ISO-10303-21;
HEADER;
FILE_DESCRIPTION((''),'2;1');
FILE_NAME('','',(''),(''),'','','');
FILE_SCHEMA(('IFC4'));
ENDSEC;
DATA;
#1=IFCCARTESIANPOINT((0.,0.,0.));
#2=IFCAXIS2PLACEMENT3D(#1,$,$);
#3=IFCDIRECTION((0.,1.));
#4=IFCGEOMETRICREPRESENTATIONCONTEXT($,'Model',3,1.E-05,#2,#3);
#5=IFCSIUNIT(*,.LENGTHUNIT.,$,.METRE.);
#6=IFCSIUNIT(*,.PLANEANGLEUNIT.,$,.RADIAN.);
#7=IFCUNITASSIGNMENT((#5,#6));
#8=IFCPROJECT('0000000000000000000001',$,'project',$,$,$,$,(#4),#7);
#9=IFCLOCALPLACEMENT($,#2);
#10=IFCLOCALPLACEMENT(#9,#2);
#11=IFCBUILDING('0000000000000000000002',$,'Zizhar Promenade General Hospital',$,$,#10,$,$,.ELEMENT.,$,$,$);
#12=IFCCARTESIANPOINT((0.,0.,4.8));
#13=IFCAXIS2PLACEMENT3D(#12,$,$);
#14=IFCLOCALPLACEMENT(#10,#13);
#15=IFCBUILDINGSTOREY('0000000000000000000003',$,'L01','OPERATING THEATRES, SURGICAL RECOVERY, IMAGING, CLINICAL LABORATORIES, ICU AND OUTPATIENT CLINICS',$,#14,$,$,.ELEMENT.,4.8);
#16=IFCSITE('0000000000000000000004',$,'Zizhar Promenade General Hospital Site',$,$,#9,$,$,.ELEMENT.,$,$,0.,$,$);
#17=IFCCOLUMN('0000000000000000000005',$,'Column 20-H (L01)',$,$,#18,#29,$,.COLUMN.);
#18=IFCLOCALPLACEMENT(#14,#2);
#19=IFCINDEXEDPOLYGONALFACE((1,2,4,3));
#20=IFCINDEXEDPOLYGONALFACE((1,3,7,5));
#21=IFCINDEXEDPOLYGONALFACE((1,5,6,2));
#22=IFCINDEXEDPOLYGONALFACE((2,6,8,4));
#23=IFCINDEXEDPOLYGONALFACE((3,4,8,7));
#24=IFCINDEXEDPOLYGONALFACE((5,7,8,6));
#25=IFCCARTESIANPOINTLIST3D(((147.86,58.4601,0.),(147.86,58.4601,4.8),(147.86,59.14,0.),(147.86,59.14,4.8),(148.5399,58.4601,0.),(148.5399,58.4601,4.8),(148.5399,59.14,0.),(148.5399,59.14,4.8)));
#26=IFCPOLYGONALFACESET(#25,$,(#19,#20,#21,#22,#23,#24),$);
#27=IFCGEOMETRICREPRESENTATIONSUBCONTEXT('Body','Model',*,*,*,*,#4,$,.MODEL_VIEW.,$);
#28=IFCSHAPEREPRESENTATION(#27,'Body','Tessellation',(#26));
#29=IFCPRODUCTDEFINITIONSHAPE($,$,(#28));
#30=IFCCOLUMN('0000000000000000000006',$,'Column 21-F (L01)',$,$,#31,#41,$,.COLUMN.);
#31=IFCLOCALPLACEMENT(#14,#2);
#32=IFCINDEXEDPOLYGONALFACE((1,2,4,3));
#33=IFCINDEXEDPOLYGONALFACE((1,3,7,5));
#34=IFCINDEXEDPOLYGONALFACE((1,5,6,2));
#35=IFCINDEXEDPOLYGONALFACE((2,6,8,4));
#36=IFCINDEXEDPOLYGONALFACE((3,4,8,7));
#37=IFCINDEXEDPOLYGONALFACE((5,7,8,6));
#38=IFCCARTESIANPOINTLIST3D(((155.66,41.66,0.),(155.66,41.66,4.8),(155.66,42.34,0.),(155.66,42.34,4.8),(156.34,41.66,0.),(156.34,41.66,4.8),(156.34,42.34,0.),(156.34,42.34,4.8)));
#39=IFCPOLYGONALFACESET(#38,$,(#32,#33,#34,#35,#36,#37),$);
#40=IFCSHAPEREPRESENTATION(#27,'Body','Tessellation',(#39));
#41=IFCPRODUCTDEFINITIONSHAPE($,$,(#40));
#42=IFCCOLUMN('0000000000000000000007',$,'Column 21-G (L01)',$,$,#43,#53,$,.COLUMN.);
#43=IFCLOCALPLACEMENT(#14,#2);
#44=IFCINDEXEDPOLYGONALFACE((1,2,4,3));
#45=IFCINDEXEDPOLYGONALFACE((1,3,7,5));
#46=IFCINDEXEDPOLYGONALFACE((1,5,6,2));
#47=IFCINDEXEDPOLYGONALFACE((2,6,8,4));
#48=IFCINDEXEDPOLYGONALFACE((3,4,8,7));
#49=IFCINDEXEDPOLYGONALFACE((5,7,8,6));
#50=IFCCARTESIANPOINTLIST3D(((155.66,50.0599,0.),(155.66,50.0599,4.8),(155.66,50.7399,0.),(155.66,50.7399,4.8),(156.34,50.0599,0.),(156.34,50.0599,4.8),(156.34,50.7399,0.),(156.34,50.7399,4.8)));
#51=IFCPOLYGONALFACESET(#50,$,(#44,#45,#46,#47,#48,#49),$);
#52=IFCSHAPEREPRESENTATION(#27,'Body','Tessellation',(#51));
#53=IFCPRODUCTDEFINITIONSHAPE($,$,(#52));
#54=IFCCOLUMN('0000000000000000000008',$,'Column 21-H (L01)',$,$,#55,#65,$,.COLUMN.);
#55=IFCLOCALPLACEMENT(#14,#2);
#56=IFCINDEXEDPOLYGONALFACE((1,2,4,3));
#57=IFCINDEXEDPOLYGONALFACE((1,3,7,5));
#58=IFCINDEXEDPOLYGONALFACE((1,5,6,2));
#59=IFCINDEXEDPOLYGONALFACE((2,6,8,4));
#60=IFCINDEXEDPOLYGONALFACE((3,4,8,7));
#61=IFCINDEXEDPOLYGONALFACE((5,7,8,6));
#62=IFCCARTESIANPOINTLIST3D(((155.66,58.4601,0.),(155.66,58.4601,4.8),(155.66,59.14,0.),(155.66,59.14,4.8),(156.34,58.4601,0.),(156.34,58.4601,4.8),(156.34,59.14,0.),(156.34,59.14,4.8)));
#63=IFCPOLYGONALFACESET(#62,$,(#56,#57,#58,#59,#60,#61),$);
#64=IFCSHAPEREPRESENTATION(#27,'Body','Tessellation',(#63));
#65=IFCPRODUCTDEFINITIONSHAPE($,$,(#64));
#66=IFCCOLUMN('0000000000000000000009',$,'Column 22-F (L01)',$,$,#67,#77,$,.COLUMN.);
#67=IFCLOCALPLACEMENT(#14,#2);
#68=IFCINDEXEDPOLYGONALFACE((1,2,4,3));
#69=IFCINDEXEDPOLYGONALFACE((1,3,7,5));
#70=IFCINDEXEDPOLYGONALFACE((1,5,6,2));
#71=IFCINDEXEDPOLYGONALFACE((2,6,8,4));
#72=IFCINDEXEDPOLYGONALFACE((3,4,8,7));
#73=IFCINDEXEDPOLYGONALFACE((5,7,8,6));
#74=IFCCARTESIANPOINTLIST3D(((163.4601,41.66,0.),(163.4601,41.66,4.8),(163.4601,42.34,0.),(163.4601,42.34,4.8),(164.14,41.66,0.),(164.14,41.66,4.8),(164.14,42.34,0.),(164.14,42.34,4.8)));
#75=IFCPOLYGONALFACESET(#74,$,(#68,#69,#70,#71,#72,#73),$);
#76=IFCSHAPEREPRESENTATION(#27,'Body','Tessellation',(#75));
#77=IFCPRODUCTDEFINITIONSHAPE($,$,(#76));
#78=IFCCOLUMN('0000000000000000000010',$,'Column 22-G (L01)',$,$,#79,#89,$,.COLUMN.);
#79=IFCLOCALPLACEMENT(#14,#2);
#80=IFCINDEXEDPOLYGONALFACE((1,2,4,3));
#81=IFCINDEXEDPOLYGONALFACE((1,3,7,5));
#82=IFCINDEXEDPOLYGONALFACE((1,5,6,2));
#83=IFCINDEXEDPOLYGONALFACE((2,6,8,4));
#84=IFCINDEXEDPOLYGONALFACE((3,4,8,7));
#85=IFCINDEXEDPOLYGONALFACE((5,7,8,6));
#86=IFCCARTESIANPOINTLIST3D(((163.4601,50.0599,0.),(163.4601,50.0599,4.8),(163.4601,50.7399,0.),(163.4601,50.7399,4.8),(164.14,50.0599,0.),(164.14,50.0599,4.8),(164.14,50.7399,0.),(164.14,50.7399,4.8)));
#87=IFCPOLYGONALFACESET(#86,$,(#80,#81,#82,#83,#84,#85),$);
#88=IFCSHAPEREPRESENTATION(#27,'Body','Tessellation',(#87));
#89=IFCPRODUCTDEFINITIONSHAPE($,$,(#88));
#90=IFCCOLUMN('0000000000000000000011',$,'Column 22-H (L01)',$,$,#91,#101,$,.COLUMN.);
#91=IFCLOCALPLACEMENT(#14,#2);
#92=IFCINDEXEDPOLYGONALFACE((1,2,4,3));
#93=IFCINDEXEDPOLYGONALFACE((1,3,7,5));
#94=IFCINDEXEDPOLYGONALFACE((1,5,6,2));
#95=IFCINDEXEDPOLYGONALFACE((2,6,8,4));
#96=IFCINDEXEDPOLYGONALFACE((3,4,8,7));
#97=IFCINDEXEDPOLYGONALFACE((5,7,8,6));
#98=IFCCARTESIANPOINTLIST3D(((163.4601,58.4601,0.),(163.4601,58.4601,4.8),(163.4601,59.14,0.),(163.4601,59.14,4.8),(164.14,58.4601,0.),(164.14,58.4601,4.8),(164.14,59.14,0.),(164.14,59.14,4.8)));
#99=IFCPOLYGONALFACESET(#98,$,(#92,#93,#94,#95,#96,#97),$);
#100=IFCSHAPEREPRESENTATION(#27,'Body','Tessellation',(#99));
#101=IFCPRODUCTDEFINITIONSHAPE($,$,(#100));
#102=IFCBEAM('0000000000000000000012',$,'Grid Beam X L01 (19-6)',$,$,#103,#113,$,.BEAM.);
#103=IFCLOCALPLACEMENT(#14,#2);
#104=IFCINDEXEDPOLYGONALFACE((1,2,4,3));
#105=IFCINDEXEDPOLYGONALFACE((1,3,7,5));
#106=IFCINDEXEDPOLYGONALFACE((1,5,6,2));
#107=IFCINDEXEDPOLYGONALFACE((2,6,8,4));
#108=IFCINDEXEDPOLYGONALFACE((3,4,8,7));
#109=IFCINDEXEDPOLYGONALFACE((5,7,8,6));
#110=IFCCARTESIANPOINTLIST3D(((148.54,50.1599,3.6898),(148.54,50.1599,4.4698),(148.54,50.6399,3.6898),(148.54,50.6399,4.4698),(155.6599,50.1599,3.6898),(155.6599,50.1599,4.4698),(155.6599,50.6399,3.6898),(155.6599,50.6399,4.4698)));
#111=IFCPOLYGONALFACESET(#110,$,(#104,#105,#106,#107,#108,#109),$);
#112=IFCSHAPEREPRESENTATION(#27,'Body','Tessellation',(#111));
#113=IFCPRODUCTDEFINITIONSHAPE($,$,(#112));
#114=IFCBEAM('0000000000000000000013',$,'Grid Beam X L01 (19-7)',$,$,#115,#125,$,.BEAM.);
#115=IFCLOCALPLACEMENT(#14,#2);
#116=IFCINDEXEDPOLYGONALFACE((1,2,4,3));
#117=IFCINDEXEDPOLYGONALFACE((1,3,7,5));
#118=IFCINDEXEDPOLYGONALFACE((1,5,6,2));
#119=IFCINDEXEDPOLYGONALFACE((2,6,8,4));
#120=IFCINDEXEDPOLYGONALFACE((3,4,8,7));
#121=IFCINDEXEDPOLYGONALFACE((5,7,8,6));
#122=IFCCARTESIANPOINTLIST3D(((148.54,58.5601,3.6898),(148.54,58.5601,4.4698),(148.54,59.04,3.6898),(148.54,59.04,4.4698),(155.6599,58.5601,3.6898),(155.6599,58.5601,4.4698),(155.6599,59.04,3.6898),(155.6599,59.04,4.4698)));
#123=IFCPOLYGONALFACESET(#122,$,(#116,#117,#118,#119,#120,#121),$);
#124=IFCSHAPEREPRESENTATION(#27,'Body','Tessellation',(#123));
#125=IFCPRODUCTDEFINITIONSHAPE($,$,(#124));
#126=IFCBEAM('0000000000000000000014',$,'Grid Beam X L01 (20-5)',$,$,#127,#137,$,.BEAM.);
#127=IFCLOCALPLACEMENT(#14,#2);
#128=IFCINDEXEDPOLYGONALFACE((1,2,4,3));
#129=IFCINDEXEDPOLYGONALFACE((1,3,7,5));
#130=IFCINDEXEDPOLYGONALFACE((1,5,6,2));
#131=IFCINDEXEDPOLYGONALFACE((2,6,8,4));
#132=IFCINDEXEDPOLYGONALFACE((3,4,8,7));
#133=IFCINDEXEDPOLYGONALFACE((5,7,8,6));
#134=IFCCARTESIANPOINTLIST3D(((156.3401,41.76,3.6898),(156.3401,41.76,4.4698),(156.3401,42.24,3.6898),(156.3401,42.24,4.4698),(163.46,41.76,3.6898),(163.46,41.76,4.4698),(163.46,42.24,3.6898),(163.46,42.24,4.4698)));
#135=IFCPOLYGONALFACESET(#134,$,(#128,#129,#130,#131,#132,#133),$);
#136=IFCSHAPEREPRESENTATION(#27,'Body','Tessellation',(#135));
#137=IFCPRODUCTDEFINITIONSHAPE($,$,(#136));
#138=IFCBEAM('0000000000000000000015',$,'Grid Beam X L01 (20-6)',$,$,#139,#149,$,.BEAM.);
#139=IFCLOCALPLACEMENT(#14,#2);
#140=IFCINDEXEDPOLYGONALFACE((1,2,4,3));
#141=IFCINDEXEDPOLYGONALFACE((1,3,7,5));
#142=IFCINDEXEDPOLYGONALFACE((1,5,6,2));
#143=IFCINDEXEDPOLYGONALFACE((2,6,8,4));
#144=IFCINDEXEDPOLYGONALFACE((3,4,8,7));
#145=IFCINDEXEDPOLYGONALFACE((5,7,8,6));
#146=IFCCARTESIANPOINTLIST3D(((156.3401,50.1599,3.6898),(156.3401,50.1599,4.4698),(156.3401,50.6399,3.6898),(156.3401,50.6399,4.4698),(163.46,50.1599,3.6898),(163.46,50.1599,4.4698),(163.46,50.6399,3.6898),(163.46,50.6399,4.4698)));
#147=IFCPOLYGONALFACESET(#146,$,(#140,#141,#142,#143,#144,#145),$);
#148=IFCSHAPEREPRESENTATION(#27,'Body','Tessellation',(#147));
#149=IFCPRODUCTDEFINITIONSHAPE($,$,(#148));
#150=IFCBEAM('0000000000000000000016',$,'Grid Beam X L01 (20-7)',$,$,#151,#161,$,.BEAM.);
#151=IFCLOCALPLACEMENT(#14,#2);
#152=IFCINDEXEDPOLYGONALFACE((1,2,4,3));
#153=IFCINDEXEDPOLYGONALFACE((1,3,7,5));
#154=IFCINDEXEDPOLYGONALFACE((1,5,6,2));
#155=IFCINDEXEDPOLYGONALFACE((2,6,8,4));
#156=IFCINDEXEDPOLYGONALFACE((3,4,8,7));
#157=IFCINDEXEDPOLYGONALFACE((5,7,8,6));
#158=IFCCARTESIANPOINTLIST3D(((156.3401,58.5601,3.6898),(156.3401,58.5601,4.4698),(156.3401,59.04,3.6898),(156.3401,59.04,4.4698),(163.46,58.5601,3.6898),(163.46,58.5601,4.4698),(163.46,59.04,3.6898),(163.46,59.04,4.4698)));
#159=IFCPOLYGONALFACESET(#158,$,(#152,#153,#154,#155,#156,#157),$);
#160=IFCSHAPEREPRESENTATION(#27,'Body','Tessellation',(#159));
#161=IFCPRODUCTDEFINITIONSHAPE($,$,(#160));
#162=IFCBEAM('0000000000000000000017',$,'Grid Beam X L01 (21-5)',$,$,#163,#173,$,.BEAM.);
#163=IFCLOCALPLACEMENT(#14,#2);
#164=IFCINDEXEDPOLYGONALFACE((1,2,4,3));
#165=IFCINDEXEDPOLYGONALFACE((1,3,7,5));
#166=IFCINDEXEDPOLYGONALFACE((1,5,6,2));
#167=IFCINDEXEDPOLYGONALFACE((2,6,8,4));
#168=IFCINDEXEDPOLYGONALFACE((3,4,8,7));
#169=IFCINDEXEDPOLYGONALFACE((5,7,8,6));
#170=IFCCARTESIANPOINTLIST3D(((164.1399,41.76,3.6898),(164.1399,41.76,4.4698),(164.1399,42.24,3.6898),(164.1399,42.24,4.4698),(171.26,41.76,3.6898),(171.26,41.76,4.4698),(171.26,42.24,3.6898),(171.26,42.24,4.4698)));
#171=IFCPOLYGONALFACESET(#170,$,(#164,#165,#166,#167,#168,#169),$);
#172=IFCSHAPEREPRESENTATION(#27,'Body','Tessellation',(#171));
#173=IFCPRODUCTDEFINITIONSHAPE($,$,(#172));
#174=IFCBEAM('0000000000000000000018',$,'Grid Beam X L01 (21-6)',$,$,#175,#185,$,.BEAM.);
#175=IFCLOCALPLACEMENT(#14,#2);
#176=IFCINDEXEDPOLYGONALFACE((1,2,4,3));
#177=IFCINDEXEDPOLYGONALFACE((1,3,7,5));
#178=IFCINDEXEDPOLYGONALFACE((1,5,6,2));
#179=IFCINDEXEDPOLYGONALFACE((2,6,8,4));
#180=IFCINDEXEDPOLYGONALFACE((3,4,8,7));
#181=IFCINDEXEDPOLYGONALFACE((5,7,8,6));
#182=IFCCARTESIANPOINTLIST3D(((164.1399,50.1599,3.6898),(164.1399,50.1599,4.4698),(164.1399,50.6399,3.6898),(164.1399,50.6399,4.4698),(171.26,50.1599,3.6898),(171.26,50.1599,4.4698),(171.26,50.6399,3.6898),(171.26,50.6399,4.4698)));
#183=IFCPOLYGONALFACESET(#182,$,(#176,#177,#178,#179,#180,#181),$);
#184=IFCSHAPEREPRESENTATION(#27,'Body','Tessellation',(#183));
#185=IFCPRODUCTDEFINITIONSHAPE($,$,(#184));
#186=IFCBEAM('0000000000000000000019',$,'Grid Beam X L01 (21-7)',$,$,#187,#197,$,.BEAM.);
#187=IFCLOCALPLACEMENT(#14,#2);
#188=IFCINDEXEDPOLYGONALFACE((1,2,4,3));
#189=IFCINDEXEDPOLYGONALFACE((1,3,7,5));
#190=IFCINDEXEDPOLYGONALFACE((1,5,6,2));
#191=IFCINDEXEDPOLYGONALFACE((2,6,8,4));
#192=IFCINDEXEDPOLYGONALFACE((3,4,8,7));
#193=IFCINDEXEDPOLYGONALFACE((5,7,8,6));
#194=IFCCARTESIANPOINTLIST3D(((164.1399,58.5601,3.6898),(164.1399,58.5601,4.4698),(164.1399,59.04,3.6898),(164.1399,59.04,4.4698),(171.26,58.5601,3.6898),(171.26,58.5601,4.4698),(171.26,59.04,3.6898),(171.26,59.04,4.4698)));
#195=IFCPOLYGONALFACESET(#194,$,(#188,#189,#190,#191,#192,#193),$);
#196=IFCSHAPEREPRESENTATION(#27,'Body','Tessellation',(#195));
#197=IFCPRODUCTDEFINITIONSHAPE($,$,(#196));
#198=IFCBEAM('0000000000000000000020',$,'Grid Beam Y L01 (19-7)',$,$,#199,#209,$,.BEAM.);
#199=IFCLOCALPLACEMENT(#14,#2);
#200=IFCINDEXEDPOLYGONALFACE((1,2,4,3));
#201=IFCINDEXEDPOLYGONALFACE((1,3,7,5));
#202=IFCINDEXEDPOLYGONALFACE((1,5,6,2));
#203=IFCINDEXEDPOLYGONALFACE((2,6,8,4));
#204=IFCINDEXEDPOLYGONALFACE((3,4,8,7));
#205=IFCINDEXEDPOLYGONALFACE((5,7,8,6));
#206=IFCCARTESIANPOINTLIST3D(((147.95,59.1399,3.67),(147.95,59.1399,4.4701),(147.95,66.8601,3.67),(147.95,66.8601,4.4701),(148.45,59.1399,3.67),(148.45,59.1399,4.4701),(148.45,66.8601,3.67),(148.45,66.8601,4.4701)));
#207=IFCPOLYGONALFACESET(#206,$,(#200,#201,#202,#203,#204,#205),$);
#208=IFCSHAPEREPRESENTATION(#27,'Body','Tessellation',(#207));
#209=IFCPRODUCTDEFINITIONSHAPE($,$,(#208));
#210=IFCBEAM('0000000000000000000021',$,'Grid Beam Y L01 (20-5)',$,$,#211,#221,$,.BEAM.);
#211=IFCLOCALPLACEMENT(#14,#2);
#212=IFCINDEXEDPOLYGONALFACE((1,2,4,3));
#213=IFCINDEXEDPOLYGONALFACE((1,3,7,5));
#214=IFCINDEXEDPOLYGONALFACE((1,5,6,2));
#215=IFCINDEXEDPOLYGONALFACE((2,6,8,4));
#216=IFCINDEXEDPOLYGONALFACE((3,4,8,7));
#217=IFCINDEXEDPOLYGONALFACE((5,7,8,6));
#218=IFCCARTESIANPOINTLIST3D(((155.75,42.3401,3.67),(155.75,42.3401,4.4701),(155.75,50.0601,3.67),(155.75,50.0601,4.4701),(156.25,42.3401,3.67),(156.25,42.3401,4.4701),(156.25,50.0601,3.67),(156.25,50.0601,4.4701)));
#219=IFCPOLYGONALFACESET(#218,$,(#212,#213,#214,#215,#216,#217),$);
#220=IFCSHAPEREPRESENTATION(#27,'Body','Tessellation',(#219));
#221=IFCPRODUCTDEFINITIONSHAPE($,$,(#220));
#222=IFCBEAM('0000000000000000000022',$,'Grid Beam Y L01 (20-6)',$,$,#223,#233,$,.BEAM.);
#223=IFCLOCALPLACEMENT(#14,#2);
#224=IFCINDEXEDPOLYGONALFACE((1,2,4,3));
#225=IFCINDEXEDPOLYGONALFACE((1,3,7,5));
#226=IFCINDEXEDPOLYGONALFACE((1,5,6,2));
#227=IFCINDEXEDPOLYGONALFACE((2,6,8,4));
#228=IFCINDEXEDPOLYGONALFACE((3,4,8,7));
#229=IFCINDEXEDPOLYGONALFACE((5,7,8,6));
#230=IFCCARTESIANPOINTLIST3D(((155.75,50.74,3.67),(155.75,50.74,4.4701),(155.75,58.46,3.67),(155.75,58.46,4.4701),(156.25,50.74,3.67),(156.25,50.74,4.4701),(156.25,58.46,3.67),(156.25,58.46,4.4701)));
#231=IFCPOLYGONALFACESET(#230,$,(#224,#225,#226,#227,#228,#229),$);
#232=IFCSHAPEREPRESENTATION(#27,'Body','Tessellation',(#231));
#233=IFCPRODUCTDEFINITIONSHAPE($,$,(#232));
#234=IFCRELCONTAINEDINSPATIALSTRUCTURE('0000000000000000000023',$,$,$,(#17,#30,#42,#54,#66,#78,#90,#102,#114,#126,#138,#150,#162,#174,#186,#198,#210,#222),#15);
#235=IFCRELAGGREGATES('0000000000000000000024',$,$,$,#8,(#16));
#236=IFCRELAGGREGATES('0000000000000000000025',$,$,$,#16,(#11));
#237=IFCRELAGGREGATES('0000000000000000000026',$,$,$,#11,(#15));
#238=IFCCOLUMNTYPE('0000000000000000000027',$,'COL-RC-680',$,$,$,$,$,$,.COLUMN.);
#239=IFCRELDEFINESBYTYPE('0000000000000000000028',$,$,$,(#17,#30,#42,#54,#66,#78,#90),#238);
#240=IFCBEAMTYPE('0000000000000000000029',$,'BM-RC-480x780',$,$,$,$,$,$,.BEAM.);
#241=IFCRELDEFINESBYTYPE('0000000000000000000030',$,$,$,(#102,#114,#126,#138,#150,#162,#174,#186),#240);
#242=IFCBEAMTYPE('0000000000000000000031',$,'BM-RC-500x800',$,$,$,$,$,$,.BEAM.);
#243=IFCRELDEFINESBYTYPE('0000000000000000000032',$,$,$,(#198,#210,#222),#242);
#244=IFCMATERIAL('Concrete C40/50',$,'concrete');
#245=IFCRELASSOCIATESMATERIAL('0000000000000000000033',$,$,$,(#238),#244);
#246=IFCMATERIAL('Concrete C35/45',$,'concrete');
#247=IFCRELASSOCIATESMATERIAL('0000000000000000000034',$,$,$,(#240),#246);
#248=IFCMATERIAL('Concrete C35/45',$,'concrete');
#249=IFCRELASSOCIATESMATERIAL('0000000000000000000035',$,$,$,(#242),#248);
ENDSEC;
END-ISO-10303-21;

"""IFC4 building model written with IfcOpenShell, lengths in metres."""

from ifc_helpers import new_model, si_unit, direction, frame, origin, origin_2d, place, context, subcontext, project, spatial, rectangle, extrude, material, material_profile, profile_set, type_object, element, save


model = new_model("IFC4")

# Units and contexts
model_context = context("Model", 3, precision=1e-05, world=origin(), true_north=direction((0.0, 1.0)))
body_context = subcontext(model_context, "Body", "Model", "MODEL_VIEW")
ifc_project = project(units=[si_unit("LENGTHUNIT", "METRE"), si_unit("PLANEANGLEUNIT", "RADIAN")], contexts=[model_context])

# Site, building, storey
site_placement = place(None, origin())
site = spatial("IfcSite", under=ifc_project, at=site_placement, Name="Zizhar Promenade General Hospital Site", CompositionType="ELEMENT", RefElevation=0.0)
building_placement = place(site_placement, origin())
building = spatial("IfcBuilding", under=site, at=building_placement, Name="Zizhar Promenade General Hospital", CompositionType="ELEMENT")
storey_placement = place(building_placement, frame((0.0, 0.0, 4.8)))
storey = spatial("IfcBuildingStorey", under=building, at=storey_placement, Name="L01", Description="OPERATING THEATRES, SURGICAL RECOVERY, IMAGING, CLINICAL LABORATORIES, ICU AND OUTPATIENT CLINICS", CompositionType="ELEMENT", Elevation=4.8)

# Columns
ifc_material_1 = material(Name="Concrete C40/50", Category="concrete")
ifc_material_profile_1 = material_profile(ifc_material_1, rectangle(XDim=0.6799, YDim=0.6799, at=origin_2d()))
ifc_profile_set_1 = profile_set([ifc_material_profile_1], Name="Concrete C40/50")
column_type = type_object("IfcColumnType", Name="COL-RC-680", PredefinedType="COLUMN", material=ifc_profile_set_1)
for number, where, z_axis, x_axis, name in (
    (1, (148.2, 58.8, 0.0), (0.0, 0.0, 1.0), (1.0, 0.0, 0.0), "Column 20-H (L01)"),
    (2, (156.0, 42.0, 0.0), (0.0, 0.0, 1.0), (1.0, 0.0, 0.0), "Column 21-F (L01)"),
    (3, (156.0, 50.3999, 0.0), (0.0, 0.0, 1.0), (1.0, 0.0, 0.0), "Column 21-G (L01)"),
    (4, (156.0, 58.8, 0.0), (0.0, 0.0, 1.0), (1.0, 0.0, 0.0), "Column 21-H (L01)"),
    (5, (163.8, 42.0, 0.0), (0.0, 0.0, 1.0), (1.0, 0.0, 0.0), "Column 22-F (L01)"),
    (6, (163.8, 50.3999, 0.0), (0.0, 0.0, 1.0), (1.0, 0.0, 0.0), "Column 22-G (L01)"),
    (7, (163.8, 58.8, 0.0), (0.0, 0.0, 1.0), (1.0, 0.0, 0.0), "Column 22-H (L01)"),
):
    element("IfcColumn", number, at=place(storey_placement, frame(where, z_axis=z_axis, x_axis=x_axis)), inside=storey, type_object=column_type, Name=name, PredefinedType="COLUMN", context=body_context, shape_type="SweptSolid", body=[
        extrude(rectangle(XDim=0.6799, YDim=0.6799, at=origin_2d()), origin(), (0.0, 0.0, 1.0), 4.8),
    ])

# Beams
ifc_material_2 = material(Name="Concrete C35/45", Category="concrete")
ifc_material_profile_2 = material_profile(ifc_material_2, rectangle(XDim=0.48, YDim=0.78, at=origin_2d()))
ifc_profile_set_2 = profile_set([ifc_material_profile_2], Name="Concrete C35/45")
beam_type_1 = type_object("IfcBeamType", Name="BM-RC-480x780", PredefinedType="BEAM", material=ifc_profile_set_2)
for number, where, z_axis, x_axis, name in (
    (8, (148.54, 50.3999, 4.0798), (1.0, 0.0, 0.0), (0.0, 1.0, 0.0), "Grid Beam X L01 (19-6)"),
    (9, (148.54, 58.8, 4.0798), (1.0, 0.0, 0.0), (0.0, 1.0, 0.0), "Grid Beam X L01 (19-7)"),
    (10, (156.3401, 42.0, 4.0798), (1.0, 0.0, 0.0), (0.0, 1.0, 0.0), "Grid Beam X L01 (20-5)"),
    (11, (156.3401, 50.3999, 4.0798), (1.0, 0.0, 0.0), (0.0, 1.0, 0.0), "Grid Beam X L01 (20-6)"),
    (12, (156.3401, 58.8, 4.0798), (1.0, 0.0, 0.0), (0.0, 1.0, 0.0), "Grid Beam X L01 (20-7)"),
):
    element("IfcBeam", number, at=place(storey_placement, frame(where, z_axis=z_axis, x_axis=x_axis)), inside=storey, type_object=beam_type_1, Name=name, PredefinedType="BEAM", context=body_context, shape_type="SweptSolid", body=[
        extrude(rectangle(XDim=0.48, YDim=0.78, at=origin_2d()), origin(), (0.0, 0.0, 1.0), 7.1199),
    ])
for number, where, z_axis, x_axis, name in (
    (13, (164.1399, 42.0, 4.0798), (1.0, 0.0, 0.0), (0.0, 1.0, 0.0), "Grid Beam X L01 (21-5)"),
    (14, (164.1399, 50.3999, 4.0798), (1.0, 0.0, 0.0), (0.0, 1.0, 0.0), "Grid Beam X L01 (21-6)"),
    (15, (164.1399, 58.8, 4.0798), (1.0, 0.0, 0.0), (0.0, 1.0, 0.0), "Grid Beam X L01 (21-7)"),
):
    element("IfcBeam", number, at=place(storey_placement, frame(where, z_axis=z_axis, x_axis=x_axis)), inside=storey, type_object=beam_type_1, Name=name, PredefinedType="BEAM", context=body_context, shape_type="SweptSolid", body=[
        extrude(rectangle(XDim=0.48, YDim=0.78, at=origin_2d()), origin(), (0.0, 0.0, 1.0), 7.1201),
    ])
ifc_material_3 = material(Name="Concrete C35/45", Category="concrete")
ifc_material_profile_3 = material_profile(ifc_material_3, rectangle(XDim=0.5, YDim=0.8, at=origin_2d()))
ifc_profile_set_3 = profile_set([ifc_material_profile_3], Name="Concrete C35/45")
beam_type_2 = type_object("IfcBeamType", Name="BM-RC-500x800", PredefinedType="BEAM", material=ifc_profile_set_3)
beam_1_placement = place(storey_placement, frame((148.2, 59.1399, 4.0701), z_axis=(0.0, 1.0, 0.0), x_axis=(-1.0, 0.0, 0.0)))
element("IfcBeam", 16, at=beam_1_placement, inside=storey, type_object=beam_type_2, Name="Grid Beam Y L01 (19-7)", PredefinedType="BEAM", context=body_context, shape_type="SweptSolid", body=[
    extrude(rectangle(XDim=0.5, YDim=0.8, at=origin_2d()), origin(), (0.0, 0.0, 1.0), 7.7202),
])
for number, where, z_axis, x_axis, name in (
    (17, (156.0, 42.3401, 4.0701), (0.0, 1.0, 0.0), (-1.0, 0.0, 0.0), "Grid Beam Y L01 (20-5)"),
    (18, (156.0, 50.74, 4.0701), (0.0, 1.0, 0.0), (-1.0, 0.0, 0.0), "Grid Beam Y L01 (20-6)"),
):
    element("IfcBeam", number, at=place(storey_placement, frame(where, z_axis=z_axis, x_axis=x_axis)), inside=storey, type_object=beam_type_2, Name=name, PredefinedType="BEAM", context=body_context, shape_type="SweptSolid", body=[
        extrude(rectangle(XDim=0.5, YDim=0.8, at=origin_2d()), origin(), (0.0, 0.0, 1.0), 7.72),
    ])

save(model, "model.ifc")
